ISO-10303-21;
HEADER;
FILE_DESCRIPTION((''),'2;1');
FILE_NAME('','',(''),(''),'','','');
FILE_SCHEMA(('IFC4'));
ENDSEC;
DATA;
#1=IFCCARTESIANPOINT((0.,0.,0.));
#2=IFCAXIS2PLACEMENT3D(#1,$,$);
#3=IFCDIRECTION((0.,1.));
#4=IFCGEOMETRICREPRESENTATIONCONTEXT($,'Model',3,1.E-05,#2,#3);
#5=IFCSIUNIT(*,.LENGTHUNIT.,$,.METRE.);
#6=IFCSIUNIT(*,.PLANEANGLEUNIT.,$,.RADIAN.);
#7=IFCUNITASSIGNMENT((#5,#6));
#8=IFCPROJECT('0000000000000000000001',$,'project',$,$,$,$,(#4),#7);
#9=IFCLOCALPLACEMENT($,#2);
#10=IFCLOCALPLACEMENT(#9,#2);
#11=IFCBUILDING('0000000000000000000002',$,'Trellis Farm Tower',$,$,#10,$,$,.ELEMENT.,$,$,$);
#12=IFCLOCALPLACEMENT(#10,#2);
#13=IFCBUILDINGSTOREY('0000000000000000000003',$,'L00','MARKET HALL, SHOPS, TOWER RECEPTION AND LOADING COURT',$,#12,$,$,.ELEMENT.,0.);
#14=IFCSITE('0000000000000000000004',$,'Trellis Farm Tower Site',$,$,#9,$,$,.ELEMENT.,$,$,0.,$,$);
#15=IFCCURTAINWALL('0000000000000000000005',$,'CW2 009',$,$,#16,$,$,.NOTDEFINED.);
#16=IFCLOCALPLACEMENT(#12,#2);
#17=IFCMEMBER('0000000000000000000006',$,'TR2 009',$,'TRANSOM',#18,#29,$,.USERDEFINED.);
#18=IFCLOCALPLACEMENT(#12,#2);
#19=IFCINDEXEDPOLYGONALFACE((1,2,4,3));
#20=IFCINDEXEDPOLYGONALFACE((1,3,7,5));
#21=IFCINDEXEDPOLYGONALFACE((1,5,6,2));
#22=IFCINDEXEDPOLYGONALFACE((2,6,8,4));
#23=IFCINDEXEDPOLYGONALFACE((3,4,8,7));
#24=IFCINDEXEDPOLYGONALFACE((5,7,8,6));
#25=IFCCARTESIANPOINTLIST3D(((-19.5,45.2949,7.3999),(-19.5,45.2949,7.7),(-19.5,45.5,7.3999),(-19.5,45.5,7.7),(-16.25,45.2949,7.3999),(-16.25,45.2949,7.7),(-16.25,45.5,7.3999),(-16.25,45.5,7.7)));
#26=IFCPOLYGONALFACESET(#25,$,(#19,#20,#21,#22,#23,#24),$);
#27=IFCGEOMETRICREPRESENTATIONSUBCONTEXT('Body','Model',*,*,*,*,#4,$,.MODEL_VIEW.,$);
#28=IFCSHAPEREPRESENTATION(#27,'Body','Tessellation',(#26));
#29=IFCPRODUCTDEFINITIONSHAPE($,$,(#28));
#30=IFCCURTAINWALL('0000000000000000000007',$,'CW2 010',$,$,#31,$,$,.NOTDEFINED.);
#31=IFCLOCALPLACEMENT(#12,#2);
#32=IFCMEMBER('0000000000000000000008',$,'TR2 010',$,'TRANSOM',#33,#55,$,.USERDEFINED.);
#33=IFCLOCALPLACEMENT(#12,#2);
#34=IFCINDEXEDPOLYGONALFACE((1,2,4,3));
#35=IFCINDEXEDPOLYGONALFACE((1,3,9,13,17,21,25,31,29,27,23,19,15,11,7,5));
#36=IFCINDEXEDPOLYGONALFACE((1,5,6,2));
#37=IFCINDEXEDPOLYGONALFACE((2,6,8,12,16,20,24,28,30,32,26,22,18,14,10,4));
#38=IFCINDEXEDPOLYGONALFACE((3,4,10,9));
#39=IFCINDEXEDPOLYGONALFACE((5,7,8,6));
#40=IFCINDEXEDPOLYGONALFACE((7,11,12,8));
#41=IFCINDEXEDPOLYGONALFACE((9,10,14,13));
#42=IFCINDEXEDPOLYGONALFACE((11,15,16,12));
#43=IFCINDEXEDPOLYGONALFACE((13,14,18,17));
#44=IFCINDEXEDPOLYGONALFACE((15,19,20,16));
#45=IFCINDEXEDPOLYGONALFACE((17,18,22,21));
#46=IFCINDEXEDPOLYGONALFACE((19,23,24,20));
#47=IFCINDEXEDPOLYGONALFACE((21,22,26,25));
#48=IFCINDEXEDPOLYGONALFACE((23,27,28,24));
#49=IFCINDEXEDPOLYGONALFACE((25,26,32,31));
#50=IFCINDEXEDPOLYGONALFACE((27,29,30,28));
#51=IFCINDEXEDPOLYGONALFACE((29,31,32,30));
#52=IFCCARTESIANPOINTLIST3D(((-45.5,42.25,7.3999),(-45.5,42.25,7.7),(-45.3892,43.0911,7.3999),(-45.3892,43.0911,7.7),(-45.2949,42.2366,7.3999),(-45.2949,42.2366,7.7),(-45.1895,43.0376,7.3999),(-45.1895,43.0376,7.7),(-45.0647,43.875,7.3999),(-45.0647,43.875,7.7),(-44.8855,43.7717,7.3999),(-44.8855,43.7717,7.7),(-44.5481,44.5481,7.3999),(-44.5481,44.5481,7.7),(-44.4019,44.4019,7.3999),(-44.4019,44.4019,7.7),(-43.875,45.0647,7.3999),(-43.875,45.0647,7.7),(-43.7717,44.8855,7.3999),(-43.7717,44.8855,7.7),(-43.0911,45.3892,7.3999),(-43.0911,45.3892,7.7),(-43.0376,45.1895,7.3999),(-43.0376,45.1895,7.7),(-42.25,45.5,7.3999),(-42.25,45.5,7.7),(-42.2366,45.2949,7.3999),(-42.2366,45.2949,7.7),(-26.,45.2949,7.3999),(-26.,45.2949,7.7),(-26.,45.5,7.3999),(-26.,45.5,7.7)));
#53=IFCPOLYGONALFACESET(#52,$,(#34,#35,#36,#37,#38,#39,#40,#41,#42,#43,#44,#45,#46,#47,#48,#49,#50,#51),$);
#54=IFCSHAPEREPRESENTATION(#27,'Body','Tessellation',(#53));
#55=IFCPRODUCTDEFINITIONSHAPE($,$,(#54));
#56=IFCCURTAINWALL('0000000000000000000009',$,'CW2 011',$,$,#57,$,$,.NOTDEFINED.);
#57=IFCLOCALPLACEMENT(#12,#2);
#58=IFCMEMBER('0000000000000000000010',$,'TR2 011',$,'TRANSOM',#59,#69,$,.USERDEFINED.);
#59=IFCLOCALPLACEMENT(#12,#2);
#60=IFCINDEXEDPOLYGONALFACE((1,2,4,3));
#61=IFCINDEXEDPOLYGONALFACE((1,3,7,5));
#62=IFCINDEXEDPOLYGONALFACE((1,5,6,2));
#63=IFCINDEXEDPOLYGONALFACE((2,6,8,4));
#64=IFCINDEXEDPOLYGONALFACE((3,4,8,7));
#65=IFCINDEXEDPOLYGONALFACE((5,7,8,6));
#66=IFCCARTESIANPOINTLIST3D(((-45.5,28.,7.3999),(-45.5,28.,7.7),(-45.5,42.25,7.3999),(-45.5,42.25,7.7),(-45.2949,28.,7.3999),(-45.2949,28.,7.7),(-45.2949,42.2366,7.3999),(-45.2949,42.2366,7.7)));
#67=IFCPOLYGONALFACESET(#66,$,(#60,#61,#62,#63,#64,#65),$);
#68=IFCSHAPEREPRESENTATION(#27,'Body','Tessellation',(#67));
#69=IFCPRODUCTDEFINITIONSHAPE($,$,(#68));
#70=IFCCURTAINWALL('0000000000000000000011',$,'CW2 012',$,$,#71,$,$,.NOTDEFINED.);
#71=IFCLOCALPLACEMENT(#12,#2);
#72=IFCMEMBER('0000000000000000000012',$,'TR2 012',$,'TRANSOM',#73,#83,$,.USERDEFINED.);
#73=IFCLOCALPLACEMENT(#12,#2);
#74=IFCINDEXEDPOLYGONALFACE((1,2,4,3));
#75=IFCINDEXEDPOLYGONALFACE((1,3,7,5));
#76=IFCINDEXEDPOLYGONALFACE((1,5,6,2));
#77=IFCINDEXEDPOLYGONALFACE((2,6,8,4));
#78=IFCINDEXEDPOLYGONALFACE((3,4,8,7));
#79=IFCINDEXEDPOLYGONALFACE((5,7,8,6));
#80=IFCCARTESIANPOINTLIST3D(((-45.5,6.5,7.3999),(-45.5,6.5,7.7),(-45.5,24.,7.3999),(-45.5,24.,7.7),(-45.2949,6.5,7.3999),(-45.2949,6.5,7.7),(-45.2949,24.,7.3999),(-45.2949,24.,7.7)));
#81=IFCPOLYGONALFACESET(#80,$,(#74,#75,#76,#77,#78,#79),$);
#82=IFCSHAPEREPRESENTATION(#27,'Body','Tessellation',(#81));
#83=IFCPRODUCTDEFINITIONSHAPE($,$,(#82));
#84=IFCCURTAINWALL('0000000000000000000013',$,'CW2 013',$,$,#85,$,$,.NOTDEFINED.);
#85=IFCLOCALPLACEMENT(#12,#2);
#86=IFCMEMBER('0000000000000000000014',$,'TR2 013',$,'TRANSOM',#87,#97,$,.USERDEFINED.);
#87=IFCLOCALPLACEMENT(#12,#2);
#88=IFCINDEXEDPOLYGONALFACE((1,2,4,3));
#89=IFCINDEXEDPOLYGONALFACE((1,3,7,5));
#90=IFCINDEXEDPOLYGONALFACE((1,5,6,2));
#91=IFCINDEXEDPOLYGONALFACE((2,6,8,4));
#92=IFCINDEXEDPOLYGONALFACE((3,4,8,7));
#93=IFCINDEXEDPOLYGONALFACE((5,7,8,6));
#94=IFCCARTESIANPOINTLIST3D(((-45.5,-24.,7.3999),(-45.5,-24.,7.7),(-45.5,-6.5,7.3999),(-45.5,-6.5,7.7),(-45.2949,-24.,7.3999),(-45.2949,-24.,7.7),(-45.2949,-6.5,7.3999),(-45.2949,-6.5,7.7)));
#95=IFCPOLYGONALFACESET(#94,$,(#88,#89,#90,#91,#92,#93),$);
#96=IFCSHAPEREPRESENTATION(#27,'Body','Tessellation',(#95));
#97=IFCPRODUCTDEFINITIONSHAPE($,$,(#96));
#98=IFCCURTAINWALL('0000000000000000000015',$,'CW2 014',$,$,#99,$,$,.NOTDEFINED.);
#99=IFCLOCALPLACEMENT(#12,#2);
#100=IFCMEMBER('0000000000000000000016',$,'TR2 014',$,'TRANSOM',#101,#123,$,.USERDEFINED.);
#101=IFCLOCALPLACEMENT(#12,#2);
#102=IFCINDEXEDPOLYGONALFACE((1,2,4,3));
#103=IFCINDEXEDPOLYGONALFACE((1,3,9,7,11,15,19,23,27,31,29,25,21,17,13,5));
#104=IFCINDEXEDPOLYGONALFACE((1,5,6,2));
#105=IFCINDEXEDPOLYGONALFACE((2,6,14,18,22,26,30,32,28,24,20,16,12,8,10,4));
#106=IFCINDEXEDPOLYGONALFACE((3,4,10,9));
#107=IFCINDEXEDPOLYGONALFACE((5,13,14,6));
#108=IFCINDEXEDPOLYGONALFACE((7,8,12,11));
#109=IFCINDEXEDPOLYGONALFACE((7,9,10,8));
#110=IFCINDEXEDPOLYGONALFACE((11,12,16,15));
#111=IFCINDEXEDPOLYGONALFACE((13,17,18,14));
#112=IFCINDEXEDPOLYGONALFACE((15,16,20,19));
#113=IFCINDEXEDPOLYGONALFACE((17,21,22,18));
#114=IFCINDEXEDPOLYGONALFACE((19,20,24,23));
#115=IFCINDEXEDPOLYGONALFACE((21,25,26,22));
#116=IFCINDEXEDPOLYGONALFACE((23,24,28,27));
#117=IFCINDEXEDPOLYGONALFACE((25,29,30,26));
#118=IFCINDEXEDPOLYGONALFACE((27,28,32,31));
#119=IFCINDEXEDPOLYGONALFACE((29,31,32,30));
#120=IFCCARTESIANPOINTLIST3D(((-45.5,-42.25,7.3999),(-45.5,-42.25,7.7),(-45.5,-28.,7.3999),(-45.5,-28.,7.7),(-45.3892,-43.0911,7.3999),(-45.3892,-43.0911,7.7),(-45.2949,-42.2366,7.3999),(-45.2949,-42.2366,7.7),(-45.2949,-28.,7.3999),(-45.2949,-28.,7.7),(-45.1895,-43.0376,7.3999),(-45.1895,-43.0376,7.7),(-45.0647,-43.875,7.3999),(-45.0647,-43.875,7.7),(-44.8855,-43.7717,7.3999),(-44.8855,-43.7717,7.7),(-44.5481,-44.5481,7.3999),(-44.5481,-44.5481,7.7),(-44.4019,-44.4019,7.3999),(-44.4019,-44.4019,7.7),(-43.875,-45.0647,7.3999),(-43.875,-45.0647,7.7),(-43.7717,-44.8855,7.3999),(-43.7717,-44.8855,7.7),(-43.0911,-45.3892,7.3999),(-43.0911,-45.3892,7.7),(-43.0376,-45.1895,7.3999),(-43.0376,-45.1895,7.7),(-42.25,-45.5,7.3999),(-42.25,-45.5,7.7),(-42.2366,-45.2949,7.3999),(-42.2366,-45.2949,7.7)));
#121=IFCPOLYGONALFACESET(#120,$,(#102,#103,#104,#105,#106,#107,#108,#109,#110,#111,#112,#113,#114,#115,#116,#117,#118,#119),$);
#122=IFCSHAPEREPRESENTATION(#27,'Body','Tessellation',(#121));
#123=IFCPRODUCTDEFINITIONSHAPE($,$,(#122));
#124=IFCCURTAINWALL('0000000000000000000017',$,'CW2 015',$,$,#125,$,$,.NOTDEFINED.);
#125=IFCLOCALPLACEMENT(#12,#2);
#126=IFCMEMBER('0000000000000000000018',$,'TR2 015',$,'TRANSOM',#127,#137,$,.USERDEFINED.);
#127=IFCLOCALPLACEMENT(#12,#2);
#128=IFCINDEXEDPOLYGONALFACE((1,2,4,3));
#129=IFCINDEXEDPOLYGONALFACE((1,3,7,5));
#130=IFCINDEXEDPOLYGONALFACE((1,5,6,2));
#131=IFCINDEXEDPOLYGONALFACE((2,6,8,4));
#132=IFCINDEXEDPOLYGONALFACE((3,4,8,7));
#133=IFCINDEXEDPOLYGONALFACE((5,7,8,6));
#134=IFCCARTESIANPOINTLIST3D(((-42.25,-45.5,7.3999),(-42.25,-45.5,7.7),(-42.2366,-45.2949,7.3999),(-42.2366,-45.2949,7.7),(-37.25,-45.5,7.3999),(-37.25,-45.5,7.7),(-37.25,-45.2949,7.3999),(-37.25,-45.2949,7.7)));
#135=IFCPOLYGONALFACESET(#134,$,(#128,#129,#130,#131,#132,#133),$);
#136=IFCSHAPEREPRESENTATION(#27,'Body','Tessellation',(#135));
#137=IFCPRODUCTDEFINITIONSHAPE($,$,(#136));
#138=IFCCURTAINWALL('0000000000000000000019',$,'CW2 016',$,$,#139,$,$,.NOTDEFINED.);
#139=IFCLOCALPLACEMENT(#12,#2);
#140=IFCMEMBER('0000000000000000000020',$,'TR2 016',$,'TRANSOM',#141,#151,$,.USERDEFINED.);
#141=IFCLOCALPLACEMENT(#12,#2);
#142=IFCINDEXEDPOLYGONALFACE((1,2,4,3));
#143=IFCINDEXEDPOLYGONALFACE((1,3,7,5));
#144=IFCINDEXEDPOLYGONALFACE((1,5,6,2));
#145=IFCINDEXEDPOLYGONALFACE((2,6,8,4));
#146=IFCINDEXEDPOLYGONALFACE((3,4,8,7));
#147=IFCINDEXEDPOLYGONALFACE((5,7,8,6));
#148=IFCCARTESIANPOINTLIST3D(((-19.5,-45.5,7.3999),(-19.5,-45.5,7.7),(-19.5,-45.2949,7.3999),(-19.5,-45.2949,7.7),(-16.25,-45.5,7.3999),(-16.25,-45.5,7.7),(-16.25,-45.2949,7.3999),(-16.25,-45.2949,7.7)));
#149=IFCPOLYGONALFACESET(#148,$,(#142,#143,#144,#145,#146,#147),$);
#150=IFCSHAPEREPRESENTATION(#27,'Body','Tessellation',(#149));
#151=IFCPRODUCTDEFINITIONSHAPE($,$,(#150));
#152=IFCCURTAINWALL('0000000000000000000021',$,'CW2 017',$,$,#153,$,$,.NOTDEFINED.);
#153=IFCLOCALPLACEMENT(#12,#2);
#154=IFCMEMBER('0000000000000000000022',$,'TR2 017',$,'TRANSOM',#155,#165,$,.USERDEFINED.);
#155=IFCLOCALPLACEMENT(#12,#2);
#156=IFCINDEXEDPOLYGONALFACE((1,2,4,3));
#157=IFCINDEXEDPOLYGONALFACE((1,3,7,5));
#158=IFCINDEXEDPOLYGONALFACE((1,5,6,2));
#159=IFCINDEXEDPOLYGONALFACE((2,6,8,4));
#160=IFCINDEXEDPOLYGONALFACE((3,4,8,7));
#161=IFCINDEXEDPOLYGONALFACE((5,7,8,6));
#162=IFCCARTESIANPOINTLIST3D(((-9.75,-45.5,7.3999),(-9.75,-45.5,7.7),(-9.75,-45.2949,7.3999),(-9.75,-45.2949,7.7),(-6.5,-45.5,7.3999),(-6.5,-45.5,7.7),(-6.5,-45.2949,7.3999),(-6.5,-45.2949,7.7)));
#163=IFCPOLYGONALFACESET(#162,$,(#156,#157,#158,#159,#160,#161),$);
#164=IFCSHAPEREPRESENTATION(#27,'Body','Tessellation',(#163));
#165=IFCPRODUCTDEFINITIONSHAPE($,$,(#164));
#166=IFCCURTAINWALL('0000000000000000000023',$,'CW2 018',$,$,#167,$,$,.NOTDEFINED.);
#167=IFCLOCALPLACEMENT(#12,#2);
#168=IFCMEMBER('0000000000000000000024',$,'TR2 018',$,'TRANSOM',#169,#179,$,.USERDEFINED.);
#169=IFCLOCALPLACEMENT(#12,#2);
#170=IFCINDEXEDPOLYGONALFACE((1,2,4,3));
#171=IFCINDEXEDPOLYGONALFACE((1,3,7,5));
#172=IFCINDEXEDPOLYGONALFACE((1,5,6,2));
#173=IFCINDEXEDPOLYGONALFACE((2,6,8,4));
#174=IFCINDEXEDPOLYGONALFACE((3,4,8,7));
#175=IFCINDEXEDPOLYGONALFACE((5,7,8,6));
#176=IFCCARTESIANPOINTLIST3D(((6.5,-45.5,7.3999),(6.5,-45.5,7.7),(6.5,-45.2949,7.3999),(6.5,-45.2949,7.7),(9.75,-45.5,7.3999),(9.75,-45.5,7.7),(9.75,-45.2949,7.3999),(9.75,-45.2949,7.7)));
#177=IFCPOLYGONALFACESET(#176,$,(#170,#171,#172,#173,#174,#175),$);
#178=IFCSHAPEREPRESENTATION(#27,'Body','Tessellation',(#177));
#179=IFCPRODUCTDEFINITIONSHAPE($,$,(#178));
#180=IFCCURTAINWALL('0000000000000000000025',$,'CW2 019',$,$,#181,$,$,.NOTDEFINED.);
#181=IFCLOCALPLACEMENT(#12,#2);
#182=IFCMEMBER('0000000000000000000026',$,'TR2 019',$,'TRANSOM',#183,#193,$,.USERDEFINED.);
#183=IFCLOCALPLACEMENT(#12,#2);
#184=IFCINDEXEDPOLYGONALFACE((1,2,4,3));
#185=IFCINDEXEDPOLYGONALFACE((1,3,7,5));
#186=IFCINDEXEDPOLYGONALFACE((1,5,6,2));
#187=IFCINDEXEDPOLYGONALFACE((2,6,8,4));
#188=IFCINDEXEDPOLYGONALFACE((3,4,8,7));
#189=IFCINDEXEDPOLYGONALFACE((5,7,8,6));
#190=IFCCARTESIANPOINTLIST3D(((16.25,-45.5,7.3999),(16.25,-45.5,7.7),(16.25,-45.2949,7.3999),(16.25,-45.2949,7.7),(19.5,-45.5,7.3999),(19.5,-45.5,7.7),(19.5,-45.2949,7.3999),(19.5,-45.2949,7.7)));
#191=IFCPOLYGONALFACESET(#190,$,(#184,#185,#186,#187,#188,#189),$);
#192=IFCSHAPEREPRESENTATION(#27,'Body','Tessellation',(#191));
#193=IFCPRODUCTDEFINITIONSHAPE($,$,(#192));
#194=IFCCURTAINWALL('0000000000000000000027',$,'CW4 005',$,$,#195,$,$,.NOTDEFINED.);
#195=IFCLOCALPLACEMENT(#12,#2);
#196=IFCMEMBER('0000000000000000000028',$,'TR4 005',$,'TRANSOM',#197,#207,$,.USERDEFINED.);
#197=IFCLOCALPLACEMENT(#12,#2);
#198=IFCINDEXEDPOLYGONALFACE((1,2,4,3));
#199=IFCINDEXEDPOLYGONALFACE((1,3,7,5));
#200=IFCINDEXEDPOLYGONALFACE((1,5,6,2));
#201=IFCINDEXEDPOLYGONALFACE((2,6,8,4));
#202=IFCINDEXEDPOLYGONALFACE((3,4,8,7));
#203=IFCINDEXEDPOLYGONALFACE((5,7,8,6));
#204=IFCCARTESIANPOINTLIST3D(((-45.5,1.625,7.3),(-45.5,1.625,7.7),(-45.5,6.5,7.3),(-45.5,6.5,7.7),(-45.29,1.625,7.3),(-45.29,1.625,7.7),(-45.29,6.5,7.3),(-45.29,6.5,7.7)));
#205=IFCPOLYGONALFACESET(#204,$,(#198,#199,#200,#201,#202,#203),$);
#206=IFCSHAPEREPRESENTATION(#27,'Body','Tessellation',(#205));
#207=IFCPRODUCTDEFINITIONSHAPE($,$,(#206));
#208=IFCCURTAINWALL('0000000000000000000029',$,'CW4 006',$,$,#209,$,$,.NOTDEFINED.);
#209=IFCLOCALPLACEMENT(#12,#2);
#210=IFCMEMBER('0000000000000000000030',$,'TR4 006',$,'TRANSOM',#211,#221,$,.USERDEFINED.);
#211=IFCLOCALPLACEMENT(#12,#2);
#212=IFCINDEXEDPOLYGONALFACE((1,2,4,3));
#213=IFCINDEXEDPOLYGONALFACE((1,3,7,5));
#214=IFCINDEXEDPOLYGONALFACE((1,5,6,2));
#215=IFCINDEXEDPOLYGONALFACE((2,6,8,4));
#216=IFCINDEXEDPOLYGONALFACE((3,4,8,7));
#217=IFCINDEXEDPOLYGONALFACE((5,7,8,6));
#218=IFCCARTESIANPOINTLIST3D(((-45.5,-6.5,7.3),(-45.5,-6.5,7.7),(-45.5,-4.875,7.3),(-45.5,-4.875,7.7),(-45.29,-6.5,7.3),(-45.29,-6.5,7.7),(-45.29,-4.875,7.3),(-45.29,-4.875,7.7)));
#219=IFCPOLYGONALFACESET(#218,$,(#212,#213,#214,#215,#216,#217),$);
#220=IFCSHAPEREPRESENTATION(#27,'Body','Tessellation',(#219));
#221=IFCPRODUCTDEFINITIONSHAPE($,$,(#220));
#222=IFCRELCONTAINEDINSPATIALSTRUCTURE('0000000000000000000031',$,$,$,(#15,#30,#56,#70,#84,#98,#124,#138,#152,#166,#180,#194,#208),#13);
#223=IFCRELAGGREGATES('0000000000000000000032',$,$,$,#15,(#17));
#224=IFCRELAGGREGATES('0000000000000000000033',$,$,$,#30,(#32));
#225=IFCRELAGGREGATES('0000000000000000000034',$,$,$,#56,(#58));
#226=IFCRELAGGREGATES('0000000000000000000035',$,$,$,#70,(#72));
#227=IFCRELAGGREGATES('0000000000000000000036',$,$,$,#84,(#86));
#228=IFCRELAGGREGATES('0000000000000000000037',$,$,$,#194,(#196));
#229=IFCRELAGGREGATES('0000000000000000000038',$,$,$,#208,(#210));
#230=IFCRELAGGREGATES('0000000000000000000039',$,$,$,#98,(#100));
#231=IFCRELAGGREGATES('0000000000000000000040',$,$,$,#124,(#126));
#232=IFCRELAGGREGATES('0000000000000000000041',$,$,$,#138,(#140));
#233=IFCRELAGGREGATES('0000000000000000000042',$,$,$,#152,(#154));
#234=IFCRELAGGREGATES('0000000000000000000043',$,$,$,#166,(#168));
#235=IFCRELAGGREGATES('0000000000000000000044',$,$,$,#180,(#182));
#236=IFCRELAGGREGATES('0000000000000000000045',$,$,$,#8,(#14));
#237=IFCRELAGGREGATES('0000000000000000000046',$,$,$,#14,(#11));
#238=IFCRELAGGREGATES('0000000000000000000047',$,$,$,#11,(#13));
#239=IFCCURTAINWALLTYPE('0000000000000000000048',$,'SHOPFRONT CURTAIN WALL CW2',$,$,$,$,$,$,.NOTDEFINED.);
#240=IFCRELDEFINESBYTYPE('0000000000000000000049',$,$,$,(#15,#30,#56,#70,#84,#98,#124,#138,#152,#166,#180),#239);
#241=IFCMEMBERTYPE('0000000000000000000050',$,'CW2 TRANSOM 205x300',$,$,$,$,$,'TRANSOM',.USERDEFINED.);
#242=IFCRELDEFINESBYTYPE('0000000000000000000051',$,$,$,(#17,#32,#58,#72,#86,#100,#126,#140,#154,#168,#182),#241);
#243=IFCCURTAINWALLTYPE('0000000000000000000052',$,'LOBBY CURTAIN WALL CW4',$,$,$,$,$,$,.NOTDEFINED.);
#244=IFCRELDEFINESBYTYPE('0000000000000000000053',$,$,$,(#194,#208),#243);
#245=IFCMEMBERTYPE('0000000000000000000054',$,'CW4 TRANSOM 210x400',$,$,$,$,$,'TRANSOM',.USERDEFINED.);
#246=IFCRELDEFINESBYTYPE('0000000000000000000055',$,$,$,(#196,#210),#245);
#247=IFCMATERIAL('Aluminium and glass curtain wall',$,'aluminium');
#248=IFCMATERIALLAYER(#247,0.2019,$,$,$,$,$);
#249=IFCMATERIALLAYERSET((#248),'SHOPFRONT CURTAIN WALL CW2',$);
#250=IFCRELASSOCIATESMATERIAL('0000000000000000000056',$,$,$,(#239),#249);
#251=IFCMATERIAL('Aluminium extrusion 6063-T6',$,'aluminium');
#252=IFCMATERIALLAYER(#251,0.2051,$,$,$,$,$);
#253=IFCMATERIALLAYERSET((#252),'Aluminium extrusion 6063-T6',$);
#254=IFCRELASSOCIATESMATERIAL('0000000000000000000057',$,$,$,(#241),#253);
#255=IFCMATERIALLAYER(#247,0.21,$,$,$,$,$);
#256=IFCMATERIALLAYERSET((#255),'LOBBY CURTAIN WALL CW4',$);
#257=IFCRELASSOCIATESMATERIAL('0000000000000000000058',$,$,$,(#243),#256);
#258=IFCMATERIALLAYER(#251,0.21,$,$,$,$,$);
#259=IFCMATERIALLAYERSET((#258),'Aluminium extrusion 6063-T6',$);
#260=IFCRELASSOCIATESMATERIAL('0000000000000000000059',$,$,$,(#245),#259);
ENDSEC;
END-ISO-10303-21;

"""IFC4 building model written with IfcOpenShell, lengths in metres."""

from ifc_helpers import new_model, si_unit, direction, frame, origin, place, context, subcontext, project, spatial, polyline, outline, extrude, material, layer, layer_set, type_object, element, aggregate, save


model = new_model("IFC4")

# Units and contexts
model_context = context("Model", 3, precision=1e-05, world=origin(), true_north=direction((0.0, 1.0)))
body_context = subcontext(model_context, "Body", "Model", "MODEL_VIEW")
ifc_project = project(units=[si_unit("LENGTHUNIT", "METRE"), si_unit("PLANEANGLEUNIT", "RADIAN")], contexts=[model_context])

# Site, building, storey
site_placement = place(None, origin())
site = spatial("IfcSite", under=ifc_project, at=site_placement, Name="Trellis Farm Tower Site", CompositionType="ELEMENT", RefElevation=0.0)
building_placement = place(site_placement, origin())
building = spatial("IfcBuilding", under=site, at=building_placement, Name="Trellis Farm Tower", CompositionType="ELEMENT")
storey_placement = place(building_placement, origin())
storey = spatial("IfcBuildingStorey", under=building, at=storey_placement, Name="L00", Description="MARKET HALL, SHOPS, TOWER RECEPTION AND LOADING COURT", CompositionType="ELEMENT", Elevation=0.0)

# Curtain walls, members
ifc_material_1 = material(Name="Aluminium and glass curtain wall", Category="aluminium")
ifc_layer_1 = layer(ifc_material_1, 0.2019)
ifc_layer_set_1 = layer_set([ifc_layer_1], Name="SHOPFRONT CURTAIN WALL CW2")
curtain_wall_type_1 = type_object("IfcCurtainWallType", Name="SHOPFRONT CURTAIN WALL CW2", PredefinedType="NOTDEFINED", material=ifc_layer_set_1)
placement_1 = place(storey_placement, origin())
curtain_wall_1 = element("IfcCurtainWall", 1, at=placement_1, inside=storey, type_object=curtain_wall_type_1, Name="CW2 009", PredefinedType="NOTDEFINED")
ifc_material_2 = material(Name="Aluminium extrusion 6063-T6", Category="aluminium")
ifc_layer_2 = layer(ifc_material_2, 0.2051)
ifc_layer_set_2 = layer_set([ifc_layer_2], Name="Aluminium extrusion 6063-T6")
member_type_1 = type_object("IfcMemberType", Name="CW2 TRANSOM 205x300", ElementType="TRANSOM", PredefinedType="USERDEFINED", material=ifc_layer_set_2)
placement_2 = place(storey_placement, frame((0.0, 0.0, 7.3999)))
member_1 = element("IfcMember", 2, at=placement_2, type_object=member_type_1, Name="TR2 009", ObjectType="TRANSOM", PredefinedType="USERDEFINED", context=body_context, shape_type="SweptSolid", body=[
    extrude(outline(polyline([(-16.25, 45.5), (-19.5, 45.5), (-19.5, 45.2949), (-16.25, 45.2949), (-16.25, 45.5)])), origin(), (0.0, 0.0, 1.0), 0.3),
])
aggregate(curtain_wall_1, [member_1])
curtain_wall_2 = element("IfcCurtainWall", 3, at=placement_1, inside=storey, type_object=curtain_wall_type_1, Name="CW2 010", PredefinedType="NOTDEFINED")
member_2 = element("IfcMember", 4, at=placement_2, type_object=member_type_1, Name="TR2 010", ObjectType="TRANSOM", PredefinedType="USERDEFINED", context=body_context, shape_type="SweptSolid", body=[
    extrude(outline(polyline([(-26.0, 45.5), (-42.25, 45.5), (-43.0911, 45.3892), (-43.875, 45.0647), (-44.5481, 44.5481), (-45.0647, 43.875), (-45.3892, 43.0911), (-45.5, 42.25), (-45.2949, 42.2366), (-45.1895, 43.0376), (-44.8855, 43.7717), (-44.4019, 44.4019), (-43.7717, 44.8855), (-43.0376, 45.1895), (-42.2366, 45.2949), (-26.0, 45.2949), (-26.0, 45.5)])), origin(), (0.0, 0.0, 1.0), 0.3),
])
aggregate(curtain_wall_2, [member_2])
curtain_wall_3 = element("IfcCurtainWall", 5, at=placement_1, inside=storey, type_object=curtain_wall_type_1, Name="CW2 011", PredefinedType="NOTDEFINED")
member_3 = element("IfcMember", 6, at=placement_2, type_object=member_type_1, Name="TR2 011", ObjectType="TRANSOM", PredefinedType="USERDEFINED", context=body_context, shape_type="SweptSolid", body=[
    extrude(outline(polyline([(-45.5, 42.25), (-45.5, 28.0), (-45.2949, 28.0), (-45.2949, 42.2366), (-45.5, 42.25)])), origin(), (0.0, 0.0, 1.0), 0.3),
])
aggregate(curtain_wall_3, [member_3])
curtain_wall_4 = element("IfcCurtainWall", 7, at=placement_1, inside=storey, type_object=curtain_wall_type_1, Name="CW2 012", PredefinedType="NOTDEFINED")
member_4 = element("IfcMember", 8, at=placement_2, type_object=member_type_1, Name="TR2 012", ObjectType="TRANSOM", PredefinedType="USERDEFINED", context=body_context, shape_type="SweptSolid", body=[
    extrude(outline(polyline([(-45.5, 24.0), (-45.5, 6.5), (-45.2949, 6.5), (-45.2949, 24.0), (-45.5, 24.0)])), origin(), (0.0, 0.0, 1.0), 0.3),
])
aggregate(curtain_wall_4, [member_4])
curtain_wall_5 = element("IfcCurtainWall", 9, at=placement_1, inside=storey, type_object=curtain_wall_type_1, Name="CW2 013", PredefinedType="NOTDEFINED")
member_5 = element("IfcMember", 10, at=placement_2, type_object=member_type_1, Name="TR2 013", ObjectType="TRANSOM", PredefinedType="USERDEFINED", context=body_context, shape_type="SweptSolid", body=[
    extrude(outline(polyline([(-45.5, -6.5), (-45.5, -24.0), (-45.2949, -24.0), (-45.2949, -6.5), (-45.5, -6.5)])), origin(), (0.0, 0.0, 1.0), 0.3),
])
aggregate(curtain_wall_5, [member_5])
curtain_wall_6 = element("IfcCurtainWall", 11, at=placement_1, inside=storey, type_object=curtain_wall_type_1, Name="CW2 014", PredefinedType="NOTDEFINED")
member_6 = element("IfcMember", 12, at=placement_2, type_object=member_type_1, Name="TR2 014", ObjectType="TRANSOM", PredefinedType="USERDEFINED", context=body_context, shape_type="SweptSolid", body=[
    extrude(outline(polyline([(-45.5, -28.0), (-45.5, -42.25), (-45.3892, -43.0911), (-45.0647, -43.875), (-44.5481, -44.5481), (-43.875, -45.0647), (-43.0911, -45.3892), (-42.25, -45.5), (-42.2366, -45.2949), (-43.0376, -45.1895), (-43.7717, -44.8855), (-44.4019, -44.4019), (-44.8855, -43.7717), (-45.1895, -43.0376), (-45.2949, -42.2366), (-45.2949, -28.0), (-45.5, -28.0)])), origin(), (0.0, 0.0, 1.0), 0.3),
])
curtain_wall_7 = element("IfcCurtainWall", 13, at=placement_1, inside=storey, type_object=curtain_wall_type_1, Name="CW2 015", PredefinedType="NOTDEFINED")
member_7 = element("IfcMember", 14, at=placement_2, type_object=member_type_1, Name="TR2 015", ObjectType="TRANSOM", PredefinedType="USERDEFINED", context=body_context, shape_type="SweptSolid", body=[
    extrude(outline(polyline([(-42.25, -45.5), (-37.25, -45.5), (-37.25, -45.2949), (-42.2366, -45.2949), (-42.25, -45.5)])), origin(), (0.0, 0.0, 1.0), 0.3),
])
curtain_wall_8 = element("IfcCurtainWall", 15, at=placement_1, inside=storey, type_object=curtain_wall_type_1, Name="CW2 016", PredefinedType="NOTDEFINED")
member_8 = element("IfcMember", 16, at=placement_2, type_object=member_type_1, Name="TR2 016", ObjectType="TRANSOM", PredefinedType="USERDEFINED", context=body_context, shape_type="SweptSolid", body=[
    extrude(outline(polyline([(-19.5, -45.5), (-16.25, -45.5), (-16.25, -45.2949), (-19.5, -45.2949), (-19.5, -45.5)])), origin(), (0.0, 0.0, 1.0), 0.3),
])
curtain_wall_9 = element("IfcCurtainWall", 17, at=placement_1, inside=storey, type_object=curtain_wall_type_1, Name="CW2 017", PredefinedType="NOTDEFINED")
member_9 = element("IfcMember", 18, at=placement_2, type_object=member_type_1, Name="TR2 017", ObjectType="TRANSOM", PredefinedType="USERDEFINED", context=body_context, shape_type="SweptSolid", body=[
    extrude(outline(polyline([(-9.75, -45.5), (-6.5, -45.5), (-6.5, -45.2949), (-9.75, -45.2949), (-9.75, -45.5)])), origin(), (0.0, 0.0, 1.0), 0.3),
])
curtain_wall_10 = element("IfcCurtainWall", 19, at=placement_1, inside=storey, type_object=curtain_wall_type_1, Name="CW2 018", PredefinedType="NOTDEFINED")
member_10 = element("IfcMember", 20, at=placement_2, type_object=member_type_1, Name="TR2 018", ObjectType="TRANSOM", PredefinedType="USERDEFINED", context=body_context, shape_type="SweptSolid", body=[
    extrude(outline(polyline([(6.5, -45.5), (9.75, -45.5), (9.75, -45.2949), (6.5, -45.2949), (6.5, -45.5)])), origin(), (0.0, 0.0, 1.0), 0.3),
])
curtain_wall_11 = element("IfcCurtainWall", 21, at=placement_1, inside=storey, type_object=curtain_wall_type_1, Name="CW2 019", PredefinedType="NOTDEFINED")
member_11 = element("IfcMember", 22, at=placement_2, type_object=member_type_1, Name="TR2 019", ObjectType="TRANSOM", PredefinedType="USERDEFINED", context=body_context, shape_type="SweptSolid", body=[
    extrude(outline(polyline([(16.25, -45.5), (19.5, -45.5), (19.5, -45.2949), (16.25, -45.2949), (16.25, -45.5)])), origin(), (0.0, 0.0, 1.0), 0.3),
])
ifc_layer_3 = layer(ifc_material_1, 0.21)
ifc_layer_set_3 = layer_set([ifc_layer_3], Name="LOBBY CURTAIN WALL CW4")
curtain_wall_type_2 = type_object("IfcCurtainWallType", Name="LOBBY CURTAIN WALL CW4", PredefinedType="NOTDEFINED", material=ifc_layer_set_3)
curtain_wall_12 = element("IfcCurtainWall", 23, at=placement_1, inside=storey, type_object=curtain_wall_type_2, Name="CW4 005", PredefinedType="NOTDEFINED")
ifc_layer_4 = layer(ifc_material_2, 0.21)
ifc_layer_set_4 = layer_set([ifc_layer_4], Name="Aluminium extrusion 6063-T6")
member_type_2 = type_object("IfcMemberType", Name="CW4 TRANSOM 210x400", ElementType="TRANSOM", PredefinedType="USERDEFINED", material=ifc_layer_set_4)
placement_3 = place(storey_placement, frame((0.0, 0.0, 7.3)))
member_12 = element("IfcMember", 24, at=placement_3, type_object=member_type_2, Name="TR4 005", ObjectType="TRANSOM", PredefinedType="USERDEFINED", context=body_context, shape_type="SweptSolid", body=[
    extrude(outline(polyline([(-45.5, 6.5), (-45.5, 1.625), (-45.29, 1.625), (-45.29, 6.5), (-45.5, 6.5)])), origin(), (0.0, 0.0, 1.0), 0.3999),
])
aggregate(curtain_wall_12, [member_12])
curtain_wall_13 = element("IfcCurtainWall", 25, at=placement_1, inside=storey, type_object=curtain_wall_type_2, Name="CW4 006", PredefinedType="NOTDEFINED")
member_13 = element("IfcMember", 26, at=placement_3, type_object=member_type_2, Name="TR4 006", ObjectType="TRANSOM", PredefinedType="USERDEFINED", context=body_context, shape_type="SweptSolid", body=[
    extrude(outline(polyline([(-45.5, -4.875), (-45.5, -6.5), (-45.29, -6.5), (-45.29, -4.875), (-45.5, -4.875)])), origin(), (0.0, 0.0, 1.0), 0.3999),
])
aggregate(curtain_wall_13, [member_13])

aggregate(curtain_wall_6, [member_6])
aggregate(curtain_wall_7, [member_7])
aggregate(curtain_wall_8, [member_8])
aggregate(curtain_wall_9, [member_9])
aggregate(curtain_wall_10, [member_10])
aggregate(curtain_wall_11, [member_11])

save(model, "model.ifc")
